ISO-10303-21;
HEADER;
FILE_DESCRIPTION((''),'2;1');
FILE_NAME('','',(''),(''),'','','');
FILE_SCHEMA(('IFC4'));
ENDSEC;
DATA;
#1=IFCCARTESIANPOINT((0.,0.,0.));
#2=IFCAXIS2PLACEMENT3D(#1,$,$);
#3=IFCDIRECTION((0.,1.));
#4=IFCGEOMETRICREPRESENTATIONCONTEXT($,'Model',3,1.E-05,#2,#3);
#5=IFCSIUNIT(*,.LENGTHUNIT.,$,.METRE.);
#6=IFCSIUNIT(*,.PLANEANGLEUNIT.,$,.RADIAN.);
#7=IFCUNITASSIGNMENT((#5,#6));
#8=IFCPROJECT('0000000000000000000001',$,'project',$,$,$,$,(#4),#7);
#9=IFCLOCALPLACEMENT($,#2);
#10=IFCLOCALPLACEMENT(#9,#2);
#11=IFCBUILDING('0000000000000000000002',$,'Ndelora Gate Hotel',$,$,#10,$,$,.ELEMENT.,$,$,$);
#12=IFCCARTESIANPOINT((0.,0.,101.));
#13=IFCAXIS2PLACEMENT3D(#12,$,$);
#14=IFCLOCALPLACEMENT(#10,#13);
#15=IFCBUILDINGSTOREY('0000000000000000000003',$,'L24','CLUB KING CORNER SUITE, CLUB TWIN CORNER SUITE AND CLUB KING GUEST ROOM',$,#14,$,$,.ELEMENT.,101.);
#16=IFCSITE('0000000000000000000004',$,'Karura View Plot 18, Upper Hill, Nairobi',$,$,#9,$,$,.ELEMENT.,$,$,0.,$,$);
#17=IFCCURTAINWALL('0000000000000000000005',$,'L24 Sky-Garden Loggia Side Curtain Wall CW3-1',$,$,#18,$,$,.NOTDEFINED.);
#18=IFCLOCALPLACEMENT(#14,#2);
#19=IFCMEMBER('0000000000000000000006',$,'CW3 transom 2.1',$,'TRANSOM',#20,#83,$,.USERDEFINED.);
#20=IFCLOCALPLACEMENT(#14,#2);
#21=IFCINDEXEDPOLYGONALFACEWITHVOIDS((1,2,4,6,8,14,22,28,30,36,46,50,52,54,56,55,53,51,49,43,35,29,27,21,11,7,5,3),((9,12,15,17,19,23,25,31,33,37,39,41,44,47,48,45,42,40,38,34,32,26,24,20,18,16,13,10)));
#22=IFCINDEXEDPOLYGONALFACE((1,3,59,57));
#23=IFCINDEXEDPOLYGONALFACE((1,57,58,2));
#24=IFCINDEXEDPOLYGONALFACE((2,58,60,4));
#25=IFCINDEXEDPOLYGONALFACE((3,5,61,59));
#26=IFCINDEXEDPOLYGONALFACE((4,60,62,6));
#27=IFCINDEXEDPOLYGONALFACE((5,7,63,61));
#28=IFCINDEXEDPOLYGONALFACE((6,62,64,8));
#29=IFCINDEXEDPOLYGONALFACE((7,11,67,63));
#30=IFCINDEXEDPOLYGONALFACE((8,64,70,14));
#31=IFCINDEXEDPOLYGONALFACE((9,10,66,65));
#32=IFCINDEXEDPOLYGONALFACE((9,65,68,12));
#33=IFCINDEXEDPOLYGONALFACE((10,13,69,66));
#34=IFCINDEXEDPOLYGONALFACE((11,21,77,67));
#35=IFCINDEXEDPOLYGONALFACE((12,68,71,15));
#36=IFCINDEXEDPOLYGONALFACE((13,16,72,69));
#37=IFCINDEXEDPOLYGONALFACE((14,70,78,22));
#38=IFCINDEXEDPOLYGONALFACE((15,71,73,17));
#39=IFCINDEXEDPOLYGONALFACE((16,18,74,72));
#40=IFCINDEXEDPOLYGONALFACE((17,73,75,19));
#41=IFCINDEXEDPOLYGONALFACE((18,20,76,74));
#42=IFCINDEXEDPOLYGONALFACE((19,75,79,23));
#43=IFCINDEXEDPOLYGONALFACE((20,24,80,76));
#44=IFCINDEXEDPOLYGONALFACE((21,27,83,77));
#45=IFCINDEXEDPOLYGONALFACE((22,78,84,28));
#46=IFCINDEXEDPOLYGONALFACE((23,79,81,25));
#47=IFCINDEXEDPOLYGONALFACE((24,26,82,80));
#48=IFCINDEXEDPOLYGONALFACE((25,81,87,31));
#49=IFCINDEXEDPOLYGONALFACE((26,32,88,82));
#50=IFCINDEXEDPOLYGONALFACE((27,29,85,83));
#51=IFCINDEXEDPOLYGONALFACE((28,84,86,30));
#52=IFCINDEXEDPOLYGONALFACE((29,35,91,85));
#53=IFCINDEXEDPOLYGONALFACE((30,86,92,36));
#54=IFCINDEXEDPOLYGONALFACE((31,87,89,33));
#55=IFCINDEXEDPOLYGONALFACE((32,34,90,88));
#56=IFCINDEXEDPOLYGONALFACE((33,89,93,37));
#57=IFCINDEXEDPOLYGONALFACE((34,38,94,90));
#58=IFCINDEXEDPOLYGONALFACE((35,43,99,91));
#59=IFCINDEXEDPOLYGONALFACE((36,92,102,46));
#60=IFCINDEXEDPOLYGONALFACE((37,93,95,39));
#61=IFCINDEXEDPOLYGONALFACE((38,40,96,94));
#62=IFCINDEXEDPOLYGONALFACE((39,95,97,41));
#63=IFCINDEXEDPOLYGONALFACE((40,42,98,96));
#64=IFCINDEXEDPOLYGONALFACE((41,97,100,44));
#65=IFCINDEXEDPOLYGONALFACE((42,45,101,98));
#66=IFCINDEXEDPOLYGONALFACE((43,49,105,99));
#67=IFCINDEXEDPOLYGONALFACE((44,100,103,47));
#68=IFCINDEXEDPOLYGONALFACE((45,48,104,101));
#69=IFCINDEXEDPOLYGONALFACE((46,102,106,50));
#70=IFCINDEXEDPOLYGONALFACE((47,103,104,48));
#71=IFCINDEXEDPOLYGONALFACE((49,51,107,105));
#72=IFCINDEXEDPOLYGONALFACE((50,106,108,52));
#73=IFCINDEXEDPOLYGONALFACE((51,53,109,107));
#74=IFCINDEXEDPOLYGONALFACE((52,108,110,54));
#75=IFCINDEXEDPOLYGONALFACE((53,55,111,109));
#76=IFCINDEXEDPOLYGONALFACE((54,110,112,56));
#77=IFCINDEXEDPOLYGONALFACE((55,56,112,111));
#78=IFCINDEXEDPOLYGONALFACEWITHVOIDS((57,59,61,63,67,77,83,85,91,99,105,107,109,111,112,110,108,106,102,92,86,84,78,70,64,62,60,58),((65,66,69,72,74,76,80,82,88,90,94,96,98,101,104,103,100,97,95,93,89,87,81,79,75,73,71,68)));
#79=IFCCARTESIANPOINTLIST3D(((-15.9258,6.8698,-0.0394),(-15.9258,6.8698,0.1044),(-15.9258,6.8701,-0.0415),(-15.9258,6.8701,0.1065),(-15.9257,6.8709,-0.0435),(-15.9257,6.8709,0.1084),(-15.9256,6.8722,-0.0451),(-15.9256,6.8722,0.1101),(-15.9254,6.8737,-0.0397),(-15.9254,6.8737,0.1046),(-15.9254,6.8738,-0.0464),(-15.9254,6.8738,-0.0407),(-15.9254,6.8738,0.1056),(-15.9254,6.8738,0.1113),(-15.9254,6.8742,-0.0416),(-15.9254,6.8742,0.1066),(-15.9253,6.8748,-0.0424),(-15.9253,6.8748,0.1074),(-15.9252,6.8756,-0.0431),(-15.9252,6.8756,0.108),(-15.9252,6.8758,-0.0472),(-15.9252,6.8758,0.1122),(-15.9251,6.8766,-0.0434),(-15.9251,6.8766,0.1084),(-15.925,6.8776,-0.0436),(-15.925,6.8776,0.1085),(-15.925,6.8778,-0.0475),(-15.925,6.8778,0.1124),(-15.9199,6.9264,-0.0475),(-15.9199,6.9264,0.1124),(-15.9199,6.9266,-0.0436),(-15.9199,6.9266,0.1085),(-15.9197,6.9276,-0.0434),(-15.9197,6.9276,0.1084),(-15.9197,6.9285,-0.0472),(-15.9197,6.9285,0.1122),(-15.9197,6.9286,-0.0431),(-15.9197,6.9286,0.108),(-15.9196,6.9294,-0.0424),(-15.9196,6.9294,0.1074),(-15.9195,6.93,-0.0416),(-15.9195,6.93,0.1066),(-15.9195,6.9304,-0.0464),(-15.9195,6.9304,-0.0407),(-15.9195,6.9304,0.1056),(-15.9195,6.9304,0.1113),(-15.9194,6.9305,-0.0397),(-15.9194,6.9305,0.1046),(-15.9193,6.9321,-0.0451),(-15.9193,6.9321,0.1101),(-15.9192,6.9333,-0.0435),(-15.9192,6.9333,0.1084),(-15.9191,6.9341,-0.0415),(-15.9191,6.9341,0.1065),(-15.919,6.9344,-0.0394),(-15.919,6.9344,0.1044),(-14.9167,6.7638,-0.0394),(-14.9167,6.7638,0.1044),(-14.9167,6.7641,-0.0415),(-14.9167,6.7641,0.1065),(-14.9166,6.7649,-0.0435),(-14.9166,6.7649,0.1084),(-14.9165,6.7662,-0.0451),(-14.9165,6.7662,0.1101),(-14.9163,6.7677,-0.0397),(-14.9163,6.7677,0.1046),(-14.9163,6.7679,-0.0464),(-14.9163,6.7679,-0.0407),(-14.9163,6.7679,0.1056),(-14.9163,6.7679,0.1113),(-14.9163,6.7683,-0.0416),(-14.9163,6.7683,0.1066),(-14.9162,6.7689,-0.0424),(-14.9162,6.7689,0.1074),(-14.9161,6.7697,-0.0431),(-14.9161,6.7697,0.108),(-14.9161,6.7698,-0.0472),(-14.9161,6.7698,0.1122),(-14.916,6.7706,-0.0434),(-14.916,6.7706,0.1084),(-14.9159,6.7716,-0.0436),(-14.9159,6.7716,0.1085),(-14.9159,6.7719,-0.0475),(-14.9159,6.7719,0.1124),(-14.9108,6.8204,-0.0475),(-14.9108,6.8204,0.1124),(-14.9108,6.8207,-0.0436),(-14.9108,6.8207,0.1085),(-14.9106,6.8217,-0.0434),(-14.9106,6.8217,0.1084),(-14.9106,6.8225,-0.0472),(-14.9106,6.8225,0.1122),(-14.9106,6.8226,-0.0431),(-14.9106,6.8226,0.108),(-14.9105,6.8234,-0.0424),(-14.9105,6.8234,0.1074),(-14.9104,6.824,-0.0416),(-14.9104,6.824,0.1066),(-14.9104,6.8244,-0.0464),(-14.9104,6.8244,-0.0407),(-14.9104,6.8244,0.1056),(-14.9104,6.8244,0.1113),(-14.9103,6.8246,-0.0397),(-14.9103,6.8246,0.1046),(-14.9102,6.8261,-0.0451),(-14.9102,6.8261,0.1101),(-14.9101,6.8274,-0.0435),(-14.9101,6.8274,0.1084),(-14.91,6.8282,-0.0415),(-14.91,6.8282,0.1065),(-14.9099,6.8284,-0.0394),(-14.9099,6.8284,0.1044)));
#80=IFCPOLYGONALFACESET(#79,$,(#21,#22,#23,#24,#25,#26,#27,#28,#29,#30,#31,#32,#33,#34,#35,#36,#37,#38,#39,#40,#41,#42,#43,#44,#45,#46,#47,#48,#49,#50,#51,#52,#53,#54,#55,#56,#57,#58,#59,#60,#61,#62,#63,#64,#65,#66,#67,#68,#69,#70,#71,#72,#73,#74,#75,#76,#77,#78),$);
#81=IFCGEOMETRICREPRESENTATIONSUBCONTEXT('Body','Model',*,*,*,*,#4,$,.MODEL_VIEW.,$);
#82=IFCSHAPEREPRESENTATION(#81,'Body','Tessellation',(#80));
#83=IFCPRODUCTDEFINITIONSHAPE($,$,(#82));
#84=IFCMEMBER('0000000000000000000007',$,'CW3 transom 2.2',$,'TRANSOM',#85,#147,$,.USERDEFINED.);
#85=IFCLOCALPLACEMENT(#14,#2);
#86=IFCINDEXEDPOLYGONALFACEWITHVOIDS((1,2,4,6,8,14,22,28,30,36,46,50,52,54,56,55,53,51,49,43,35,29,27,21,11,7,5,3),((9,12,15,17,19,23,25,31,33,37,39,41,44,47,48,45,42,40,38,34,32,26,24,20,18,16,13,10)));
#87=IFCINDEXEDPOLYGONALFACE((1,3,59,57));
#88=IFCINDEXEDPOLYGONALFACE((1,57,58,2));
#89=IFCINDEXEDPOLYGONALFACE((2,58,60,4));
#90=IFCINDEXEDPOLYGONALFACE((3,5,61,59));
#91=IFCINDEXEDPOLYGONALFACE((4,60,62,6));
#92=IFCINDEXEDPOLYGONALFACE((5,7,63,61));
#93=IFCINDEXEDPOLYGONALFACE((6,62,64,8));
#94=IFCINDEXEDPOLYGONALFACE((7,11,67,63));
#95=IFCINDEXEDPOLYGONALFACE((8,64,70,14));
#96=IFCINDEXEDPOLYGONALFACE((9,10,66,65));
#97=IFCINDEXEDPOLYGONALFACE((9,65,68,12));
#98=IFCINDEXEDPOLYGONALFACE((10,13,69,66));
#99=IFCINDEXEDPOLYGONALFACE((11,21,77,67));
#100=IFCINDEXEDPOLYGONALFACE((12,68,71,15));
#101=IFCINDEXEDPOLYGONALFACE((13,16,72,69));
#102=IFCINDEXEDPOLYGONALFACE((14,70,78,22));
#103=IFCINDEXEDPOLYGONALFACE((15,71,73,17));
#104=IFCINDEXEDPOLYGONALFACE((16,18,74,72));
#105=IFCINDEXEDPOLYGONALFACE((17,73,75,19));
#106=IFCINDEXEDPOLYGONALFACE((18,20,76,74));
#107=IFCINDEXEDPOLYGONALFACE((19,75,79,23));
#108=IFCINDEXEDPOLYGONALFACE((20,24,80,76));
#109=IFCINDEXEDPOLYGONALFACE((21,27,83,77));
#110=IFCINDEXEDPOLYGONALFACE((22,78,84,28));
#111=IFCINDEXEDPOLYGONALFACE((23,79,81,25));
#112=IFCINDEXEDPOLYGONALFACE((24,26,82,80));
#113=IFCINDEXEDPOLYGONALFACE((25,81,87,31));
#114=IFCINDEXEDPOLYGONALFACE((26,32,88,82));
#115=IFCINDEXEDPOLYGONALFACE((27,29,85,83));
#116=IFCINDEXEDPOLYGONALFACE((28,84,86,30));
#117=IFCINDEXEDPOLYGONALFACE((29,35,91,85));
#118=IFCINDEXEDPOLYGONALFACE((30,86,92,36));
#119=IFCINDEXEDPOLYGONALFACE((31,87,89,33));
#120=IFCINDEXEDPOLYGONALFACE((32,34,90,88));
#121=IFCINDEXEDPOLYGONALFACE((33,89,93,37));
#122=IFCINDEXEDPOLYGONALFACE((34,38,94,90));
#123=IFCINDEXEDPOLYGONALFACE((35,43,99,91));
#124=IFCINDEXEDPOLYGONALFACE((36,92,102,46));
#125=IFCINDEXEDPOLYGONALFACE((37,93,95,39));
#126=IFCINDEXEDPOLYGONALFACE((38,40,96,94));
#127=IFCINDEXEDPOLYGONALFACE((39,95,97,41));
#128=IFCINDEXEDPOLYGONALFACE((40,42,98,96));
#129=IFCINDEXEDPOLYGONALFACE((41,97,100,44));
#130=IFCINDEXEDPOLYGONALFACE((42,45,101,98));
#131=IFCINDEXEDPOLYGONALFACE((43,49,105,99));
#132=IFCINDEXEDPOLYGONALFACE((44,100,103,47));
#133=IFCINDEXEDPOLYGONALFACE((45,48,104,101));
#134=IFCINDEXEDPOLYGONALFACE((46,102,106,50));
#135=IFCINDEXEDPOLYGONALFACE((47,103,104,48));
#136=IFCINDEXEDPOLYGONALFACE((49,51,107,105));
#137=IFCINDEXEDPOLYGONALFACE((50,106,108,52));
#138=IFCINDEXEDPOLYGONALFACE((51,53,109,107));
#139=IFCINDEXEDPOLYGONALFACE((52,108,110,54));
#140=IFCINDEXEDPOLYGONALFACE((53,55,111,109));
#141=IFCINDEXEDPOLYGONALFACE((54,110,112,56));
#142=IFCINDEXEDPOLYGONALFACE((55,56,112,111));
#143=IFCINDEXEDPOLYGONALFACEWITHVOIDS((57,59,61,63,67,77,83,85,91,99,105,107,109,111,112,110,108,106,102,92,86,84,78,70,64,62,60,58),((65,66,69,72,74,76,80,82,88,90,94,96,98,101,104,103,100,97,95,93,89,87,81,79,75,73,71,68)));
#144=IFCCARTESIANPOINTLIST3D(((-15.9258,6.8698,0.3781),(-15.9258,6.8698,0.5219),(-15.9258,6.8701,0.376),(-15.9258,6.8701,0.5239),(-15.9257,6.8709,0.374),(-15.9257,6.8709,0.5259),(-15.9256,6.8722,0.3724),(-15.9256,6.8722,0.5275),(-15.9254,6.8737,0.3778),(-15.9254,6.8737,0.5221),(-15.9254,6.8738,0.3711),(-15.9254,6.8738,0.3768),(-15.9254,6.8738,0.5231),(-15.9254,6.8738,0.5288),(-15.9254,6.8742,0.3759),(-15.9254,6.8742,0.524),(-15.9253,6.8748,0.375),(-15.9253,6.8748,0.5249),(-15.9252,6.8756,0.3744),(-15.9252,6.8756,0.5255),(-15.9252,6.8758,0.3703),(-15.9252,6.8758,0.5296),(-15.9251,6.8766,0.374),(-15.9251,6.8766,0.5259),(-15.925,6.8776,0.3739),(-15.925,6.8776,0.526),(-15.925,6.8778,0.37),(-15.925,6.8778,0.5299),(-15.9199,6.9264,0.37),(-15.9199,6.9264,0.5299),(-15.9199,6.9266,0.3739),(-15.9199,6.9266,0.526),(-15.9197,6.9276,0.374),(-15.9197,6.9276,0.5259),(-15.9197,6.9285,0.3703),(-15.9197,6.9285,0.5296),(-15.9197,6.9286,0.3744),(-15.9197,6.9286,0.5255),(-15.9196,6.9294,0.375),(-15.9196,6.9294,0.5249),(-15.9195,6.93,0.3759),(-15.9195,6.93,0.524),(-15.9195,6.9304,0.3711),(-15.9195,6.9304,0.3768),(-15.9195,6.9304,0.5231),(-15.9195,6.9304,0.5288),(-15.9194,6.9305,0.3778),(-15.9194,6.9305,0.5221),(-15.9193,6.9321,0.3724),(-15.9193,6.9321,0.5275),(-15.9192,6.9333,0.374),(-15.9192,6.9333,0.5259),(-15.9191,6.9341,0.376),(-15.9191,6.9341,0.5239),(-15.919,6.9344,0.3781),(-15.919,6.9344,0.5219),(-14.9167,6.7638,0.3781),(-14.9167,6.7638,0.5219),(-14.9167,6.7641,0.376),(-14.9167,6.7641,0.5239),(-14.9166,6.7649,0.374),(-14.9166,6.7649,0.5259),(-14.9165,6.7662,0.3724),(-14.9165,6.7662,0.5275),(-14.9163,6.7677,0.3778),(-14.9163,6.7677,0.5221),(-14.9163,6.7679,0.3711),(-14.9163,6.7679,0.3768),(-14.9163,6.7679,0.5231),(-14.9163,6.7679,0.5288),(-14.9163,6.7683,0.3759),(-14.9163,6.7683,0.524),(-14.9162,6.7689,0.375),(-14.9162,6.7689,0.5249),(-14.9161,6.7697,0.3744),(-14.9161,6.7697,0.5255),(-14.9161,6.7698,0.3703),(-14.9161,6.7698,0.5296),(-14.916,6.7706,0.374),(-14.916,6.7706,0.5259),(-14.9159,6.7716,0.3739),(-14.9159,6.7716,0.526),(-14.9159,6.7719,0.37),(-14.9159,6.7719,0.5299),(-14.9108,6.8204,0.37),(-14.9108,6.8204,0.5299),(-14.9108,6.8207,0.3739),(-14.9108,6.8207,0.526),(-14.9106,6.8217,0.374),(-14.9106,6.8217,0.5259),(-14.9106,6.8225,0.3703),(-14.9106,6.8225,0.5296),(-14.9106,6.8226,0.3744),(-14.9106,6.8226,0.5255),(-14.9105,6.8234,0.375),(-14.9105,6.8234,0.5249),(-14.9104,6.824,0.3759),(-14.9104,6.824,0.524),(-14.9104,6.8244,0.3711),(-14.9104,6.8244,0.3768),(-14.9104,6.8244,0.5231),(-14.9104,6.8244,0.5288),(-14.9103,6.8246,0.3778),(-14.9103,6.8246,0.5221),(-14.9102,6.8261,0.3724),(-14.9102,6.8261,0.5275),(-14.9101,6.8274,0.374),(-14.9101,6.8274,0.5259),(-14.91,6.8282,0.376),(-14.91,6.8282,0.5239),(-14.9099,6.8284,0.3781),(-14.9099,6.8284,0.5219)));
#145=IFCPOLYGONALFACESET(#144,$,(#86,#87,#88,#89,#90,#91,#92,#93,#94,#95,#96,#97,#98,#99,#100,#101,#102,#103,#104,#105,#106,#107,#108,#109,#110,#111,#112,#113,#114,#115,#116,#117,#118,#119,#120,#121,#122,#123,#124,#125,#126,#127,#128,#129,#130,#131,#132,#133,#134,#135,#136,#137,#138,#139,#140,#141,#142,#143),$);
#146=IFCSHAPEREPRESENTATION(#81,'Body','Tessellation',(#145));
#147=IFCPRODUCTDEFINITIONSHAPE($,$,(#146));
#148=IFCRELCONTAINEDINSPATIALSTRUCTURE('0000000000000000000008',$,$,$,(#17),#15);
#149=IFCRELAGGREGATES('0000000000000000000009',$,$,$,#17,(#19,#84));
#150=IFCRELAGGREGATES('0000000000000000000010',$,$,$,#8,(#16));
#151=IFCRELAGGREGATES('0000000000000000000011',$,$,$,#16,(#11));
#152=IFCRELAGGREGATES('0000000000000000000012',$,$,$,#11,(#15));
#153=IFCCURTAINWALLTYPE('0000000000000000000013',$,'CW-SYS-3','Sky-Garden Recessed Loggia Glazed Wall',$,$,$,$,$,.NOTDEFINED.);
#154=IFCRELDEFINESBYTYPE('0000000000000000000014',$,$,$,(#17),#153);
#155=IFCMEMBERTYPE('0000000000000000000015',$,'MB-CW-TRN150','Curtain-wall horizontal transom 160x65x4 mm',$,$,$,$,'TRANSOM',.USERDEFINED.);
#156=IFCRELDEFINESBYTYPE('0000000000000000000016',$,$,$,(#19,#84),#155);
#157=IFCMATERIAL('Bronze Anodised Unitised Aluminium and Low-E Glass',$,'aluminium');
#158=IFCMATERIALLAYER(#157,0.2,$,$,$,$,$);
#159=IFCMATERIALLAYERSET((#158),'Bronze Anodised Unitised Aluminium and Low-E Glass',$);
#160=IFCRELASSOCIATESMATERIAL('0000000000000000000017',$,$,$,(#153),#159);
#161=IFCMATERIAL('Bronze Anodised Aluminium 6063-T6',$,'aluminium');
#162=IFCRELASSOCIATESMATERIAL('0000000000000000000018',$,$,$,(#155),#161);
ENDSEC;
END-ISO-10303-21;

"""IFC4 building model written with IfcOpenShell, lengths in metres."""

from ifc_helpers import new_model, si_unit, direction, frame, origin, origin_2d, place, context, subcontext, project, spatial, hollow_rectangle, extrude, material, layer, layer_set, material_profile, profile_set, type_object, element, aggregate, save


model = new_model("IFC4")

# Units and contexts
model_context = context("Model", 3, precision=1e-05, world=origin(), true_north=direction((0.0, 1.0)))
body_context = subcontext(model_context, "Body", "Model", "MODEL_VIEW")
ifc_project = project(units=[si_unit("LENGTHUNIT", "METRE"), si_unit("PLANEANGLEUNIT", "RADIAN")], contexts=[model_context])

# Site, building, storey
site_placement = place(None, origin())
site = spatial("IfcSite", under=ifc_project, at=site_placement, Name="Karura View Plot 18, Upper Hill, Nairobi", CompositionType="ELEMENT", RefElevation=0.0)
building_placement = place(site_placement, origin())
building = spatial("IfcBuilding", under=site, at=building_placement, Name="Ndelora Gate Hotel", CompositionType="ELEMENT")
storey_placement = place(building_placement, frame((0.0, 0.0, 101.0)))
storey = spatial("IfcBuildingStorey", under=building, at=storey_placement, Name="L24", Description="CLUB KING CORNER SUITE, CLUB TWIN CORNER SUITE AND CLUB KING GUEST ROOM", CompositionType="ELEMENT", Elevation=101.0)

# Curtain wall, members
ifc_material_1 = material(Name="Bronze Anodised Unitised Aluminium and Low-E Glass", Category="aluminium")
ifc_layer_1 = layer(ifc_material_1, 0.2)
ifc_layer_set_1 = layer_set([ifc_layer_1], Name="Bronze Anodised Unitised Aluminium and Low-E Glass")
curtain_wall_type = type_object("IfcCurtainWallType", Name="CW-SYS-3", Description="Sky-Garden Recessed Loggia Glazed Wall", PredefinedType="NOTDEFINED", material=ifc_layer_set_1)
curtain_wall_placement = place(storey_placement, origin())
curtain_wall = element("IfcCurtainWall", 1, at=curtain_wall_placement, inside=storey, type_object=curtain_wall_type, Name="L24 Sky-Garden Loggia Side Curtain Wall CW3-1", PredefinedType="NOTDEFINED")
ifc_material_2 = material(Name="Bronze Anodised Aluminium 6063-T6", Category="aluminium")
ifc_material_profile_1 = material_profile(ifc_material_2, hollow_rectangle(XDim=0.0649, YDim=0.1599, WallThickness=0.0039, InnerFilletRadius=0.0039, OuterFilletRadius=0.0081, at=origin_2d()), Name="ALU 160x65x4")
ifc_profile_set_1 = profile_set([ifc_material_profile_1], Name="Bronze Anodised Aluminium 6063-T6")
member_type_1 = type_object("IfcMemberType", Name="MB-CW-TRN150", Description="Curtain-wall horizontal transom 160x65x4 mm", ElementType="TRANSOM", PredefinedType="USERDEFINED", material=ifc_profile_set_1)
member_1_placement = place(storey_placement, frame((-14.9133, 6.7961, 0.0325), z_axis=(-0.994532, 0.104434, 0.0), x_axis=(-0.104434, -0.994532, 0.0)))
member_1 = element("IfcMember", 2, at=member_1_placement, type_object=member_type_1, Name="CW3 transom 2.1", ObjectType="TRANSOM", PredefinedType="USERDEFINED", context=body_context, shape_type="SweptSolid", body=[
    extrude(hollow_rectangle(XDim=0.0649, YDim=0.1599, WallThickness=0.0039, InnerFilletRadius=0.0039, OuterFilletRadius=0.0081, at=origin_2d()), origin(), (0.0, 0.0, 1.0), 1.0146),
])
member_2_placement = place(storey_placement, frame((-14.9133, 6.7961, 0.45), z_axis=(-0.994532, 0.104434, 0.0), x_axis=(-0.104434, -0.994532, 0.0)))
member_2 = element("IfcMember", 3, at=member_2_placement, type_object=member_type_1, Name="CW3 transom 2.2", ObjectType="TRANSOM", PredefinedType="USERDEFINED", context=body_context, shape_type="SweptSolid", body=[
    extrude(hollow_rectangle(XDim=0.0649, YDim=0.1599, WallThickness=0.0039, InnerFilletRadius=0.0039, OuterFilletRadius=0.0081, at=origin_2d()), origin(), (0.0, 0.0, 1.0), 1.0146),
])
aggregate(curtain_wall, [member_1, member_2])

save(model, "model.ifc")
